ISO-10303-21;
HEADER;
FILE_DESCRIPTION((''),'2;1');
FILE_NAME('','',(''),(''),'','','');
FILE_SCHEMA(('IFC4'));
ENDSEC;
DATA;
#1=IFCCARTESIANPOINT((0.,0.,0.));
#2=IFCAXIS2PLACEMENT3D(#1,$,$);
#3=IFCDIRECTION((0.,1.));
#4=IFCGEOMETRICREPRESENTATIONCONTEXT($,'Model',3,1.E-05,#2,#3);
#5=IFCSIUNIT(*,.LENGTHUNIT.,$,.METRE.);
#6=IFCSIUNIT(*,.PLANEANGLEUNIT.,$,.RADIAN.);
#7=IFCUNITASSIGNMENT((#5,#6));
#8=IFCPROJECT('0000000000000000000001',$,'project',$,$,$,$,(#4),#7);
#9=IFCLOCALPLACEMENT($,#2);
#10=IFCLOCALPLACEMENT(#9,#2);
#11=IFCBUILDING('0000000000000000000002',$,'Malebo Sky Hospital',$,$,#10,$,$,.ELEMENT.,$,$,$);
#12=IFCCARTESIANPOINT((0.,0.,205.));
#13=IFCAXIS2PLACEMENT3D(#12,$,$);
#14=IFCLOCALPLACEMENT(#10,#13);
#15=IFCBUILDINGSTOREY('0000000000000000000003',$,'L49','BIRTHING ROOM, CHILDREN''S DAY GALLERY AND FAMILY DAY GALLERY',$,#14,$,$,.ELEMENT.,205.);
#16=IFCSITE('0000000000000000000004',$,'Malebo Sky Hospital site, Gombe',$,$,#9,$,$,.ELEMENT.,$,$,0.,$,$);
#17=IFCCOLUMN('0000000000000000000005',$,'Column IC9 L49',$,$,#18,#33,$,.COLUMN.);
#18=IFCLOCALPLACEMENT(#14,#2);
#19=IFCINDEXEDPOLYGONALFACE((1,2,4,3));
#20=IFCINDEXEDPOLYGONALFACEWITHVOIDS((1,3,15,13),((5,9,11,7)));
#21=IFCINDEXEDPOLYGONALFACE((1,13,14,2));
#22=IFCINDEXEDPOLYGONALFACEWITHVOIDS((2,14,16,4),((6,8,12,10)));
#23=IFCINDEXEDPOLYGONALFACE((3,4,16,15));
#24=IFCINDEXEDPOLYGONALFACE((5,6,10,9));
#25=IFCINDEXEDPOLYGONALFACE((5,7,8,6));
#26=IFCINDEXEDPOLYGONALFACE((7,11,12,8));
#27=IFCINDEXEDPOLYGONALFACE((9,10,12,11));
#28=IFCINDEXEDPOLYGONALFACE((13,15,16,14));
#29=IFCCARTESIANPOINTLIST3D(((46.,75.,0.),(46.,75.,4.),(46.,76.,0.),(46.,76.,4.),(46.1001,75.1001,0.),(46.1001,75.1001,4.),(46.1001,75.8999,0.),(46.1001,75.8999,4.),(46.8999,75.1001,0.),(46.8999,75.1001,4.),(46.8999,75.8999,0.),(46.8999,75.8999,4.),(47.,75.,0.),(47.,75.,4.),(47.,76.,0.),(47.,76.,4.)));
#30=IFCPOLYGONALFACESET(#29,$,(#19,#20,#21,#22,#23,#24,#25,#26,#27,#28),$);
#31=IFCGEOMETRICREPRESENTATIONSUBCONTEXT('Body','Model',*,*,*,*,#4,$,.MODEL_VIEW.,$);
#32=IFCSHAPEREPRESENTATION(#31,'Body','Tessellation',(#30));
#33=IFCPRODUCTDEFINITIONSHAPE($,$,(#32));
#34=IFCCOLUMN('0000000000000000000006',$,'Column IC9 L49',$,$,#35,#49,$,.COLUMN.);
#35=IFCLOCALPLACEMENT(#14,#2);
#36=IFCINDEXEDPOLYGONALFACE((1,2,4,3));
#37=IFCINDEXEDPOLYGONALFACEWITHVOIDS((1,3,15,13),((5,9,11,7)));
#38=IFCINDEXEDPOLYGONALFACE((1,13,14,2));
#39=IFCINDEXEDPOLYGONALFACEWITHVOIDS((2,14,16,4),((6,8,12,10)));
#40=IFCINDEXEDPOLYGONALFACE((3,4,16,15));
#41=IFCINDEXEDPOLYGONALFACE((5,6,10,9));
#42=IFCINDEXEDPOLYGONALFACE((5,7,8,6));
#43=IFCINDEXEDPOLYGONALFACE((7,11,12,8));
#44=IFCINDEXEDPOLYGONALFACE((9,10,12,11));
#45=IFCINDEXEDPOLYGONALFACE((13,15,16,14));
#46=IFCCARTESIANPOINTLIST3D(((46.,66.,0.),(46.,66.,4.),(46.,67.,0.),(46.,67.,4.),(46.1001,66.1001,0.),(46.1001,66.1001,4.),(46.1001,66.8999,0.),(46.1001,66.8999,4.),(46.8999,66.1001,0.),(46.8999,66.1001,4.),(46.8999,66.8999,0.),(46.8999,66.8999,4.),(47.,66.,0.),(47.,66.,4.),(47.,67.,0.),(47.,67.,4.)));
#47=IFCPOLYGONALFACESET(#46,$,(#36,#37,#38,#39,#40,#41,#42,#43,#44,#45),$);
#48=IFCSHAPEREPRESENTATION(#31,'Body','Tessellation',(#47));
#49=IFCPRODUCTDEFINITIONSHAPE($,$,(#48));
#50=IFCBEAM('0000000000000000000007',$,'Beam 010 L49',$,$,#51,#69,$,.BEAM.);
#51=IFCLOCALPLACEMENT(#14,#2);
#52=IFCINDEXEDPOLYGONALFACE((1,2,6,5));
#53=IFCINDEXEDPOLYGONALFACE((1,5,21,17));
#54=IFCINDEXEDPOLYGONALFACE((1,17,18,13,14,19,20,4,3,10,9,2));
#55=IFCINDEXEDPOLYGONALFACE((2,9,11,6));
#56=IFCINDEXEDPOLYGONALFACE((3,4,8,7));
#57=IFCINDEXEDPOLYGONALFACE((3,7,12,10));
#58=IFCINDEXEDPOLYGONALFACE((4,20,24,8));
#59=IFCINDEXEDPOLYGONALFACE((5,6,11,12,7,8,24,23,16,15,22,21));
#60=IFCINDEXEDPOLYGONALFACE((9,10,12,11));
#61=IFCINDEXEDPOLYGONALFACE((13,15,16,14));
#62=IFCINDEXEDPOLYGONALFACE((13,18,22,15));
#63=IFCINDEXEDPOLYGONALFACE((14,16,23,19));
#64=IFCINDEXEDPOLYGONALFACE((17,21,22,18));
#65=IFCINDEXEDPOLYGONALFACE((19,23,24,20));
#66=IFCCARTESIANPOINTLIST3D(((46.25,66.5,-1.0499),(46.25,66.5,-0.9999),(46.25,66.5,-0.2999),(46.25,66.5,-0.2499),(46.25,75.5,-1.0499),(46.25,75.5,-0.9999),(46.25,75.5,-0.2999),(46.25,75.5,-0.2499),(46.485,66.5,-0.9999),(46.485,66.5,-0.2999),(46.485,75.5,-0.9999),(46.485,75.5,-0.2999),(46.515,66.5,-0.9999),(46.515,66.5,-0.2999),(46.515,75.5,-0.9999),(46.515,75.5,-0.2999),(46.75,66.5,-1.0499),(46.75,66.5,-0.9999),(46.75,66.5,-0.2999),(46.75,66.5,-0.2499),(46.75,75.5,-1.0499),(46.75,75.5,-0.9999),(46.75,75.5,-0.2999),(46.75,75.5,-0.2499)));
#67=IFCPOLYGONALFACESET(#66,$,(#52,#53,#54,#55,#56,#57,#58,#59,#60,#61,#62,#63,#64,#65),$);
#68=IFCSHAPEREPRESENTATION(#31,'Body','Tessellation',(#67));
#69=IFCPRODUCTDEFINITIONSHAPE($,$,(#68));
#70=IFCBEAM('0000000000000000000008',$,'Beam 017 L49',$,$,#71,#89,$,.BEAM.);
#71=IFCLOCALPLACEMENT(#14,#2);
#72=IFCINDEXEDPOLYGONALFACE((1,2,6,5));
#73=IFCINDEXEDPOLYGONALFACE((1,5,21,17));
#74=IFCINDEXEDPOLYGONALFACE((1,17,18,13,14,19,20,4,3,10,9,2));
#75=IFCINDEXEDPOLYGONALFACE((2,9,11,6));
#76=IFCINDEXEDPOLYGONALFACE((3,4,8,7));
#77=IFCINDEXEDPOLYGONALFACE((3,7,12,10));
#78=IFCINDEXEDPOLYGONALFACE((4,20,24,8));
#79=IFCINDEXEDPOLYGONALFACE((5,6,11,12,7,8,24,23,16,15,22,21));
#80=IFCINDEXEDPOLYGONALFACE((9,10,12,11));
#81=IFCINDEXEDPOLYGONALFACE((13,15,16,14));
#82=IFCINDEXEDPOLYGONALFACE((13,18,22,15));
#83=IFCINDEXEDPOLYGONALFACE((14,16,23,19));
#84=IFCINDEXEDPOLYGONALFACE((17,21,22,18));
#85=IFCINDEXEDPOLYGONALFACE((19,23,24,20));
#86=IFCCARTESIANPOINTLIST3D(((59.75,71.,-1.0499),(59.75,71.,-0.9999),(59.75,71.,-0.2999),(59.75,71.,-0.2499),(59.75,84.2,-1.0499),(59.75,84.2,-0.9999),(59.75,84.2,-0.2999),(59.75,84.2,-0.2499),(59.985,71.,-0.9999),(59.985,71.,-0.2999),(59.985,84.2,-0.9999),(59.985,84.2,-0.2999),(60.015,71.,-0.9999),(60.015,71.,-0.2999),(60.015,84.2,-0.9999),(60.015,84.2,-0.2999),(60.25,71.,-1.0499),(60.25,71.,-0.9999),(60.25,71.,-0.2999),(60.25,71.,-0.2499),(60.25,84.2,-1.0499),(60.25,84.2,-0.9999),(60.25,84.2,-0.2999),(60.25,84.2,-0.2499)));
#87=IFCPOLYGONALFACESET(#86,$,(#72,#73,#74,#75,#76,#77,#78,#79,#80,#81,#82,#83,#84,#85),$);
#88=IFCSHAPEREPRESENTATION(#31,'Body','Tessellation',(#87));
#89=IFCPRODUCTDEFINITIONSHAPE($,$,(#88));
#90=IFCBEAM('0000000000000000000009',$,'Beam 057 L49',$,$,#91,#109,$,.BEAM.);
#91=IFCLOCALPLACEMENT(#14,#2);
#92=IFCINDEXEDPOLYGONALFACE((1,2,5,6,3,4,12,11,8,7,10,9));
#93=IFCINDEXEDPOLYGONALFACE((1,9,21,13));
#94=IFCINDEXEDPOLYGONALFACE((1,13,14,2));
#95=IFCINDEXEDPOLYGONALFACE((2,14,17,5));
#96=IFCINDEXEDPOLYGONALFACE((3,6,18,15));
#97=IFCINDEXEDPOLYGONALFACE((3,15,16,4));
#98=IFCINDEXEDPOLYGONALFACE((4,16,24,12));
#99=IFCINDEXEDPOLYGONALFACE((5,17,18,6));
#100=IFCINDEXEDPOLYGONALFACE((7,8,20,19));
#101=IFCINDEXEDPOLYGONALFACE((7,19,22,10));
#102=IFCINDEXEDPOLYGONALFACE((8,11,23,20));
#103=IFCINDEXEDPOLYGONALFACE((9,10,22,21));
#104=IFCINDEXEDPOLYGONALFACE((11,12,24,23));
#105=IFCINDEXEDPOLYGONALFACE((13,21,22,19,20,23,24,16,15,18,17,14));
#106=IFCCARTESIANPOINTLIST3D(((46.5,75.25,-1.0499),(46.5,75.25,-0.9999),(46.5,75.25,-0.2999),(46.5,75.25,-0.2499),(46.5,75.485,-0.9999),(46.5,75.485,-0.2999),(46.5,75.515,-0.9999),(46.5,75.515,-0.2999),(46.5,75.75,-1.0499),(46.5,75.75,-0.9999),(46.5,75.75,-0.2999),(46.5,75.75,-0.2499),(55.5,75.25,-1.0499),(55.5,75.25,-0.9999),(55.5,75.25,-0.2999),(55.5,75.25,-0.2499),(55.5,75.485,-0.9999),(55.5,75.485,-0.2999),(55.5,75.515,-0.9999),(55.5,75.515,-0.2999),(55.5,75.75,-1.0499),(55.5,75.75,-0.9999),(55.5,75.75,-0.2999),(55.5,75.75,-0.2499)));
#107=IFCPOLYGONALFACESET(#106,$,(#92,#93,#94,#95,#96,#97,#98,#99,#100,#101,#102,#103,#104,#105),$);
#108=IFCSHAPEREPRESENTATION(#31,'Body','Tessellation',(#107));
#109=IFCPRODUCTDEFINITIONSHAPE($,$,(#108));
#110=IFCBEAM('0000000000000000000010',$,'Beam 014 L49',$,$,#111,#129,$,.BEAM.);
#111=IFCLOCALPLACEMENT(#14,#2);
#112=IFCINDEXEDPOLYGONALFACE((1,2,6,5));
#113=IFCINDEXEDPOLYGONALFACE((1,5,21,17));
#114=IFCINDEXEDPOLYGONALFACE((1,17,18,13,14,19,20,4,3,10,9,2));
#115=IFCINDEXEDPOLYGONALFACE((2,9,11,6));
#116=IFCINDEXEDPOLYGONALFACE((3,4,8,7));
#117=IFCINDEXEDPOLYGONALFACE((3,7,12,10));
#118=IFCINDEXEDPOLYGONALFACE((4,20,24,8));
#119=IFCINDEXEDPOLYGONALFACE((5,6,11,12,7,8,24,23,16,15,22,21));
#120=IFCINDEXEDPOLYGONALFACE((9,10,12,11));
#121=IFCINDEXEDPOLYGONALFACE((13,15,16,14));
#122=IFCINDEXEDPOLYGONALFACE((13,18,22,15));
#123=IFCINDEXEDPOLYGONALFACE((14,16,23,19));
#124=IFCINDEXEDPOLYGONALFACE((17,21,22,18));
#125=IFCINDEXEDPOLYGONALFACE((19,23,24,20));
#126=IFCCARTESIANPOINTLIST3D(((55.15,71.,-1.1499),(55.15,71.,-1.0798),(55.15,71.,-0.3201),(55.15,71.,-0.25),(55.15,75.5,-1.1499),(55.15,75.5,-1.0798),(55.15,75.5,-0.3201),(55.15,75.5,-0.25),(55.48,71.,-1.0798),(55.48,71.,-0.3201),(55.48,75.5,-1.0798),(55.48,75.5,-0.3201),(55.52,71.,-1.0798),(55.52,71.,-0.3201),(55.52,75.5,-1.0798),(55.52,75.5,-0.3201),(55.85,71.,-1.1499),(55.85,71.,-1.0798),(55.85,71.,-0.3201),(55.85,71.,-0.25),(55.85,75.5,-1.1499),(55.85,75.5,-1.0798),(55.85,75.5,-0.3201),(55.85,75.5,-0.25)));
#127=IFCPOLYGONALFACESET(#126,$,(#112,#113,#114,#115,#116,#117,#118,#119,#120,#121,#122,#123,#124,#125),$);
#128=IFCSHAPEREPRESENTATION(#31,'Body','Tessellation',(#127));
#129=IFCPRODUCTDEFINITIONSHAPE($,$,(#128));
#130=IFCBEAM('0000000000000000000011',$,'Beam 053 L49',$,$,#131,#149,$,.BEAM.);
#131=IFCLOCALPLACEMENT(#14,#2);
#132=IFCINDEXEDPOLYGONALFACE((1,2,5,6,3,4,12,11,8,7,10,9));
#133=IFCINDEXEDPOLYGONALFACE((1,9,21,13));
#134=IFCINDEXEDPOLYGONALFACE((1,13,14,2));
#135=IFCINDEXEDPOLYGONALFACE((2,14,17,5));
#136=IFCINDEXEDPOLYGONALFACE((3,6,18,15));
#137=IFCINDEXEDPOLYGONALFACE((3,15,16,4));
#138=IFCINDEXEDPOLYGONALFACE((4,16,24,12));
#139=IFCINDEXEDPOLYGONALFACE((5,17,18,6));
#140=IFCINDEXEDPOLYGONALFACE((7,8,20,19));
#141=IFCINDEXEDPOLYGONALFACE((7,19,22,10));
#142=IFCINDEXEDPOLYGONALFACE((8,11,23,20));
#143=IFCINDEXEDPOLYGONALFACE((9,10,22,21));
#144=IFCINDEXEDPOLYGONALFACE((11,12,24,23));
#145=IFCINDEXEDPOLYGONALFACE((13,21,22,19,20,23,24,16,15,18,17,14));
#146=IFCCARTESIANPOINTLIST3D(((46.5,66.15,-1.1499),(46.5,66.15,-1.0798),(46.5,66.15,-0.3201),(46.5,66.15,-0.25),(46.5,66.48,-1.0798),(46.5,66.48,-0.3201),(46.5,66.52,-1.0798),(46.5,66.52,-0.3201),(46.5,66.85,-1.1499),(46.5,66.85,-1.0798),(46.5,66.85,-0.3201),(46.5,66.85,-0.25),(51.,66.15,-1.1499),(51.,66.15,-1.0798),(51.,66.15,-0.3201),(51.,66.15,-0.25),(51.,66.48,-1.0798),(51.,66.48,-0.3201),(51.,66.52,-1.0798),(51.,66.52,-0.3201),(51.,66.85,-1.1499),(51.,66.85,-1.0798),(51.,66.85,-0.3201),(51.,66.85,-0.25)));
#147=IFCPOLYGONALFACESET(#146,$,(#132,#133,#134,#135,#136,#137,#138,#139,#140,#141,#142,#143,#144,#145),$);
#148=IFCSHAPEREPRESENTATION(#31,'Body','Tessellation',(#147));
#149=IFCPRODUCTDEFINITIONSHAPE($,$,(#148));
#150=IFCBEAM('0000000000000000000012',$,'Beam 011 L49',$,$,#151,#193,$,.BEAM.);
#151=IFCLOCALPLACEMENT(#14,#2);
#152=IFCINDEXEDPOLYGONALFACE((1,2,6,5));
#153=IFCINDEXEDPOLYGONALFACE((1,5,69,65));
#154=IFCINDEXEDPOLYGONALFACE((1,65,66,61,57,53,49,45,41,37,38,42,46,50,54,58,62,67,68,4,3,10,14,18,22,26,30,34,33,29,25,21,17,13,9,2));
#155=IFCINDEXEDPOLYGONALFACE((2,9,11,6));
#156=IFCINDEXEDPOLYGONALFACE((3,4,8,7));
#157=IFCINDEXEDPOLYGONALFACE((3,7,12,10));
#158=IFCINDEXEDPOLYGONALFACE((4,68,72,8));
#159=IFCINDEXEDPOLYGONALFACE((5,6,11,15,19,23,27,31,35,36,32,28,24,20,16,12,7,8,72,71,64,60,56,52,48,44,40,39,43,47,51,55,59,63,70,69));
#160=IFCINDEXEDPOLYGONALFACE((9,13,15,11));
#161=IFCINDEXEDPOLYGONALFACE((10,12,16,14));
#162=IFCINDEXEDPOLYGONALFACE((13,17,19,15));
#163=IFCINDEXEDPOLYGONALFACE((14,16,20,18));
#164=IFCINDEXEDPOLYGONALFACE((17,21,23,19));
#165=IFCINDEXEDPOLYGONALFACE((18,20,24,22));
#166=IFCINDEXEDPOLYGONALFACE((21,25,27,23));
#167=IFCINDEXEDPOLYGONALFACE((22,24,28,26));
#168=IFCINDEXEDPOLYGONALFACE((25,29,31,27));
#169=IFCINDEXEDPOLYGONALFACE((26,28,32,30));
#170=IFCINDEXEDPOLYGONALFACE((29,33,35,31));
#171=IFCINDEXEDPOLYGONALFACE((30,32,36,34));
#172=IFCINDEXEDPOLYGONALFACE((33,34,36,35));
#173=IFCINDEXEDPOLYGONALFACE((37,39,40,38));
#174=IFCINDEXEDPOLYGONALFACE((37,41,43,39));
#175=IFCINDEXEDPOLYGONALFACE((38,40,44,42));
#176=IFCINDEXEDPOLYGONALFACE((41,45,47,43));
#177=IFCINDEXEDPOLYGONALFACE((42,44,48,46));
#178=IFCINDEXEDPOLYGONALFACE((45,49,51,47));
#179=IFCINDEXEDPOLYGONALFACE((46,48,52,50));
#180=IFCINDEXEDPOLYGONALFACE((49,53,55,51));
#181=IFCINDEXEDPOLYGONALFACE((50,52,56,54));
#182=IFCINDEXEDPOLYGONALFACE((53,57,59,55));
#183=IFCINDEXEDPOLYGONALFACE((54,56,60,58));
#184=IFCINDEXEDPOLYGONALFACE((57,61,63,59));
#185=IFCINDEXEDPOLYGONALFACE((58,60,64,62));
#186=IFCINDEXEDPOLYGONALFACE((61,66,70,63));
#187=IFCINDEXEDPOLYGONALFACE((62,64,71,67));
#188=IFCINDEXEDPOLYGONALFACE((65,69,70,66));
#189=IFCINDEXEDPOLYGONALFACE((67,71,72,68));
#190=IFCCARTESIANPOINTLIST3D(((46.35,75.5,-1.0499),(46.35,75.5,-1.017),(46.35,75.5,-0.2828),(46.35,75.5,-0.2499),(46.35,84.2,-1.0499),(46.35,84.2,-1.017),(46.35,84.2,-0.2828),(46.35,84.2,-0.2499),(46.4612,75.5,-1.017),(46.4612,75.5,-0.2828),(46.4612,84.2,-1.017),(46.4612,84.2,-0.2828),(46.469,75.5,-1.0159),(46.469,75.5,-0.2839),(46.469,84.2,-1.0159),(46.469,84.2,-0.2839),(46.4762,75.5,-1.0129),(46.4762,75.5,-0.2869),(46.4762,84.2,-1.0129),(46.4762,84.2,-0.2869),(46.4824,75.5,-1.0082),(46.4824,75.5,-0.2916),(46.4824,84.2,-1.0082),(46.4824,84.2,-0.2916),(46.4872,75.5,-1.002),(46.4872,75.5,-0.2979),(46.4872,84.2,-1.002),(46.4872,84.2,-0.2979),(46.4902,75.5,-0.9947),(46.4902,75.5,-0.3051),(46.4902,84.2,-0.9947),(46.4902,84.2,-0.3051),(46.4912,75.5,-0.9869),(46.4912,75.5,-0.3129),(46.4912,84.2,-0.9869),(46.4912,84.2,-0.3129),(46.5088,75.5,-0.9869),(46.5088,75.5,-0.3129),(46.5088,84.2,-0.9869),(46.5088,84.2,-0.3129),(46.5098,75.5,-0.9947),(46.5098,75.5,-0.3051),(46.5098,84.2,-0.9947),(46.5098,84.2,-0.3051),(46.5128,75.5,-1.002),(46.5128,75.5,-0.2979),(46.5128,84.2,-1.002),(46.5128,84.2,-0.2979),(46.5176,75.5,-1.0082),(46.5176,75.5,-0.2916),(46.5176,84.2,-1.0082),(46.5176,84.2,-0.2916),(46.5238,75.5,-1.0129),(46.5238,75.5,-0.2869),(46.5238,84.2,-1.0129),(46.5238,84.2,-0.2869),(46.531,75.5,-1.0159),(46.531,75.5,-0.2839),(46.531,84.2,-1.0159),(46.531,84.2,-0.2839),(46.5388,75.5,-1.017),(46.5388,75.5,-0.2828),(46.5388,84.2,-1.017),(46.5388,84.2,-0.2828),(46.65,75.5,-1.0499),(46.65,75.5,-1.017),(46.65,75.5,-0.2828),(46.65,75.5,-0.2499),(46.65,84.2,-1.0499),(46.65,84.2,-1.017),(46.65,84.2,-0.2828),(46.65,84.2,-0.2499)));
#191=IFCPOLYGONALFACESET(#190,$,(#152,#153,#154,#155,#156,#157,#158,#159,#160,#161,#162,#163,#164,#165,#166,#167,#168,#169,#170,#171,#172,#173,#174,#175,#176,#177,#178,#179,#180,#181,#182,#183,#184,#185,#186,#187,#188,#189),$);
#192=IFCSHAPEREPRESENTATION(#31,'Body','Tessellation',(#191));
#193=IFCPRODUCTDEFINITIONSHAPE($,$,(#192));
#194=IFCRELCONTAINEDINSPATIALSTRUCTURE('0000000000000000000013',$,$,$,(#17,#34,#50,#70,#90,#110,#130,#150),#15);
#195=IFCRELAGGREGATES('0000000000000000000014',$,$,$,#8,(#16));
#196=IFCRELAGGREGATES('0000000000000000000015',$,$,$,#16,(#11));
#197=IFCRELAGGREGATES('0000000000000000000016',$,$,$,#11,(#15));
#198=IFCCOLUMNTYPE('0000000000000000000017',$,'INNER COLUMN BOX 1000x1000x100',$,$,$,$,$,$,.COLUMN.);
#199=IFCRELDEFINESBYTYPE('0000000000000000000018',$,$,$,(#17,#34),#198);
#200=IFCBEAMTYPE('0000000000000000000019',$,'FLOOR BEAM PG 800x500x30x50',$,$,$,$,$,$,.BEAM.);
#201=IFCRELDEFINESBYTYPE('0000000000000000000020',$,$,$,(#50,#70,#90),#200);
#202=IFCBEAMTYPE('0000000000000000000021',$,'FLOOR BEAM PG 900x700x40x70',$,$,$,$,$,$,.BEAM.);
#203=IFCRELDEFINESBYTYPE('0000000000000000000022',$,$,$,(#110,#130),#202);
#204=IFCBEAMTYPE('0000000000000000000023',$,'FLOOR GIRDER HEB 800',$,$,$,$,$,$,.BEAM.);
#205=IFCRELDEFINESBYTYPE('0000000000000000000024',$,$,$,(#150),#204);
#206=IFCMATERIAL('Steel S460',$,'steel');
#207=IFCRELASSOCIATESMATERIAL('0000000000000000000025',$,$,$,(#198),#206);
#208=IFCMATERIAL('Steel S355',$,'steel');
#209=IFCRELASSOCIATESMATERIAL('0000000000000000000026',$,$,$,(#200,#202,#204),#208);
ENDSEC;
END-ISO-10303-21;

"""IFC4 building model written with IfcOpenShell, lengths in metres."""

from ifc_helpers import new_model, si_unit, direction, frame, origin, origin_2d, place, context, subcontext, project, spatial, hollow_rectangle, i_section, extrude, material, material_profile, profile_set, type_object, element, save


model = new_model("IFC4")

# Units and contexts
model_context = context("Model", 3, precision=1e-05, world=origin(), true_north=direction((0.0, 1.0)))
body_context = subcontext(model_context, "Body", "Model", "MODEL_VIEW")
ifc_project = project(units=[si_unit("LENGTHUNIT", "METRE"), si_unit("PLANEANGLEUNIT", "RADIAN")], contexts=[model_context])

# Site, building, storey
site_placement = place(None, origin())
site = spatial("IfcSite", under=ifc_project, at=site_placement, Name="Malebo Sky Hospital site, Gombe", CompositionType="ELEMENT", RefElevation=0.0)
building_placement = place(site_placement, origin())
building = spatial("IfcBuilding", under=site, at=building_placement, Name="Malebo Sky Hospital", CompositionType="ELEMENT")
storey_placement = place(building_placement, frame((0.0, 0.0, 205.0)))
storey = spatial("IfcBuildingStorey", under=building, at=storey_placement, Name="L49", Description="BIRTHING ROOM, CHILDREN'S DAY GALLERY AND FAMILY DAY GALLERY", CompositionType="ELEMENT", Elevation=205.0)

# Columns
ifc_material_1 = material(Name="Steel S460", Category="steel")
ifc_material_profile_1 = material_profile(ifc_material_1, hollow_rectangle(XDim=1.0, YDim=1.0, WallThickness=0.1001, at=origin_2d()), Name="BOX 1000x1000x100")
ifc_profile_set_1 = profile_set([ifc_material_profile_1], Name="Steel S460")
column_type = type_object("IfcColumnType", Name="INNER COLUMN BOX 1000x1000x100", PredefinedType="COLUMN", material=ifc_profile_set_1)
for number, where, z_axis, x_axis, name in (
    (1, (46.5, 75.5, 0.0), (0.0, 0.0, 1.0), (1.0, 0.0, 0.0), "Column IC9 L49"),
    (2, (46.5, 66.5, 0.0), (0.0, 0.0, 1.0), (1.0, 0.0, 0.0), "Column IC9 L49"),
):
    element("IfcColumn", number, at=place(storey_placement, frame(where, z_axis=z_axis, x_axis=x_axis)), inside=storey, type_object=column_type, Name=name, PredefinedType="COLUMN", context=body_context, shape_type="SweptSolid", body=[
        extrude(hollow_rectangle(XDim=1.0, YDim=1.0, WallThickness=0.1001, at=origin_2d()), origin(), (0.0, 0.0, 1.0), 4.0),
    ])

# Beams
ifc_material_2 = material(Name="Steel S355", Category="steel")
ifc_material_profile_2 = material_profile(ifc_material_2, i_section(OverallWidth=0.5, OverallDepth=0.8, WebThickness=0.03, FlangeThickness=0.05, at=origin_2d()), Name="PG 800x500x30x50")
ifc_profile_set_2 = profile_set([ifc_material_profile_2], Name="Steel S355")
beam_type_1 = type_object("IfcBeamType", Name="FLOOR BEAM PG 800x500x30x50", PredefinedType="BEAM", material=ifc_profile_set_2)
beam_1_placement = place(storey_placement, frame((46.5, 66.5, -0.6499), z_axis=(0.0, 1.0, 0.0), x_axis=(-1.0, 0.0, 0.0)))
element("IfcBeam", 3, at=beam_1_placement, inside=storey, type_object=beam_type_1, Name="Beam 010 L49", PredefinedType="BEAM", context=body_context, shape_type="SweptSolid", body=[
    extrude(i_section(OverallWidth=0.5, OverallDepth=0.8, WebThickness=0.03, FlangeThickness=0.05, at=origin_2d()), origin(), (0.0, 0.0, 1.0), 9.0),
])
beam_2_placement = place(storey_placement, frame((60.0, 71.0, -0.6499), z_axis=(0.0, 1.0, 0.0), x_axis=(-1.0, 0.0, 0.0)))
element("IfcBeam", 4, at=beam_2_placement, inside=storey, type_object=beam_type_1, Name="Beam 017 L49", PredefinedType="BEAM", context=body_context, shape_type="SweptSolid", body=[
    extrude(i_section(OverallWidth=0.5, OverallDepth=0.8, WebThickness=0.03, FlangeThickness=0.05, at=origin_2d()), origin(), (0.0, 0.0, 1.0), 13.2),
])
beam_3_placement = place(storey_placement, frame((46.5, 75.5, -0.6499), z_axis=(1.0, 0.0, 0.0), x_axis=(0.0, 1.0, 0.0)))
element("IfcBeam", 5, at=beam_3_placement, inside=storey, type_object=beam_type_1, Name="Beam 057 L49", PredefinedType="BEAM", context=body_context, shape_type="SweptSolid", body=[
    extrude(i_section(OverallWidth=0.5, OverallDepth=0.8, WebThickness=0.03, FlangeThickness=0.05, at=origin_2d()), origin(), (0.0, 0.0, 1.0), 9.0),
])
ifc_material_profile_3 = material_profile(ifc_material_2, i_section(OverallWidth=0.7, OverallDepth=0.8999, WebThickness=0.04, FlangeThickness=0.0701, at=origin_2d()), Name="PG 900x700x40x70")
ifc_profile_set_3 = profile_set([ifc_material_profile_3], Name="Steel S355")
beam_type_2 = type_object("IfcBeamType", Name="FLOOR BEAM PG 900x700x40x70", PredefinedType="BEAM", material=ifc_profile_set_3)
for number, where, z_axis, x_axis, name in (
    (6, (55.5, 71.0, -0.7), (0.0, 1.0, 0.0), (-1.0, 0.0, 0.0), "Beam 014 L49"),
    (7, (46.5, 66.5, -0.7), (1.0, 0.0, 0.0), (0.0, 1.0, 0.0), "Beam 053 L49"),
):
    element("IfcBeam", number, at=place(storey_placement, frame(where, z_axis=z_axis, x_axis=x_axis)), inside=storey, type_object=beam_type_2, Name=name, PredefinedType="BEAM", context=body_context, shape_type="SweptSolid", body=[
        extrude(i_section(OverallWidth=0.7, OverallDepth=0.8999, WebThickness=0.04, FlangeThickness=0.0701, at=origin_2d()), origin(), (0.0, 0.0, 1.0), 4.5),
    ])
ifc_material_profile_4 = material_profile(ifc_material_2, i_section(OverallWidth=0.3, OverallDepth=0.8, WebThickness=0.0176, FlangeThickness=0.033, FilletRadius=0.03, at=origin_2d()), Name="HEB 800")
ifc_profile_set_4 = profile_set([ifc_material_profile_4], Name="Steel S355")
beam_type_3 = type_object("IfcBeamType", Name="FLOOR GIRDER HEB 800", PredefinedType="BEAM", material=ifc_profile_set_4)
beam_4_placement = place(storey_placement, frame((46.5, 75.5, -0.6499), z_axis=(0.0, 1.0, 0.0), x_axis=(-1.0, 0.0, 0.0)))
element("IfcBeam", 8, at=beam_4_placement, inside=storey, type_object=beam_type_3, Name="Beam 011 L49", PredefinedType="BEAM", context=body_context, shape_type="SweptSolid", body=[
    extrude(i_section(OverallWidth=0.3, OverallDepth=0.8, WebThickness=0.0176, FlangeThickness=0.033, FilletRadius=0.03, at=origin_2d()), origin(), (0.0, 0.0, 1.0), 8.7),
])

save(model, "model.ifc")
